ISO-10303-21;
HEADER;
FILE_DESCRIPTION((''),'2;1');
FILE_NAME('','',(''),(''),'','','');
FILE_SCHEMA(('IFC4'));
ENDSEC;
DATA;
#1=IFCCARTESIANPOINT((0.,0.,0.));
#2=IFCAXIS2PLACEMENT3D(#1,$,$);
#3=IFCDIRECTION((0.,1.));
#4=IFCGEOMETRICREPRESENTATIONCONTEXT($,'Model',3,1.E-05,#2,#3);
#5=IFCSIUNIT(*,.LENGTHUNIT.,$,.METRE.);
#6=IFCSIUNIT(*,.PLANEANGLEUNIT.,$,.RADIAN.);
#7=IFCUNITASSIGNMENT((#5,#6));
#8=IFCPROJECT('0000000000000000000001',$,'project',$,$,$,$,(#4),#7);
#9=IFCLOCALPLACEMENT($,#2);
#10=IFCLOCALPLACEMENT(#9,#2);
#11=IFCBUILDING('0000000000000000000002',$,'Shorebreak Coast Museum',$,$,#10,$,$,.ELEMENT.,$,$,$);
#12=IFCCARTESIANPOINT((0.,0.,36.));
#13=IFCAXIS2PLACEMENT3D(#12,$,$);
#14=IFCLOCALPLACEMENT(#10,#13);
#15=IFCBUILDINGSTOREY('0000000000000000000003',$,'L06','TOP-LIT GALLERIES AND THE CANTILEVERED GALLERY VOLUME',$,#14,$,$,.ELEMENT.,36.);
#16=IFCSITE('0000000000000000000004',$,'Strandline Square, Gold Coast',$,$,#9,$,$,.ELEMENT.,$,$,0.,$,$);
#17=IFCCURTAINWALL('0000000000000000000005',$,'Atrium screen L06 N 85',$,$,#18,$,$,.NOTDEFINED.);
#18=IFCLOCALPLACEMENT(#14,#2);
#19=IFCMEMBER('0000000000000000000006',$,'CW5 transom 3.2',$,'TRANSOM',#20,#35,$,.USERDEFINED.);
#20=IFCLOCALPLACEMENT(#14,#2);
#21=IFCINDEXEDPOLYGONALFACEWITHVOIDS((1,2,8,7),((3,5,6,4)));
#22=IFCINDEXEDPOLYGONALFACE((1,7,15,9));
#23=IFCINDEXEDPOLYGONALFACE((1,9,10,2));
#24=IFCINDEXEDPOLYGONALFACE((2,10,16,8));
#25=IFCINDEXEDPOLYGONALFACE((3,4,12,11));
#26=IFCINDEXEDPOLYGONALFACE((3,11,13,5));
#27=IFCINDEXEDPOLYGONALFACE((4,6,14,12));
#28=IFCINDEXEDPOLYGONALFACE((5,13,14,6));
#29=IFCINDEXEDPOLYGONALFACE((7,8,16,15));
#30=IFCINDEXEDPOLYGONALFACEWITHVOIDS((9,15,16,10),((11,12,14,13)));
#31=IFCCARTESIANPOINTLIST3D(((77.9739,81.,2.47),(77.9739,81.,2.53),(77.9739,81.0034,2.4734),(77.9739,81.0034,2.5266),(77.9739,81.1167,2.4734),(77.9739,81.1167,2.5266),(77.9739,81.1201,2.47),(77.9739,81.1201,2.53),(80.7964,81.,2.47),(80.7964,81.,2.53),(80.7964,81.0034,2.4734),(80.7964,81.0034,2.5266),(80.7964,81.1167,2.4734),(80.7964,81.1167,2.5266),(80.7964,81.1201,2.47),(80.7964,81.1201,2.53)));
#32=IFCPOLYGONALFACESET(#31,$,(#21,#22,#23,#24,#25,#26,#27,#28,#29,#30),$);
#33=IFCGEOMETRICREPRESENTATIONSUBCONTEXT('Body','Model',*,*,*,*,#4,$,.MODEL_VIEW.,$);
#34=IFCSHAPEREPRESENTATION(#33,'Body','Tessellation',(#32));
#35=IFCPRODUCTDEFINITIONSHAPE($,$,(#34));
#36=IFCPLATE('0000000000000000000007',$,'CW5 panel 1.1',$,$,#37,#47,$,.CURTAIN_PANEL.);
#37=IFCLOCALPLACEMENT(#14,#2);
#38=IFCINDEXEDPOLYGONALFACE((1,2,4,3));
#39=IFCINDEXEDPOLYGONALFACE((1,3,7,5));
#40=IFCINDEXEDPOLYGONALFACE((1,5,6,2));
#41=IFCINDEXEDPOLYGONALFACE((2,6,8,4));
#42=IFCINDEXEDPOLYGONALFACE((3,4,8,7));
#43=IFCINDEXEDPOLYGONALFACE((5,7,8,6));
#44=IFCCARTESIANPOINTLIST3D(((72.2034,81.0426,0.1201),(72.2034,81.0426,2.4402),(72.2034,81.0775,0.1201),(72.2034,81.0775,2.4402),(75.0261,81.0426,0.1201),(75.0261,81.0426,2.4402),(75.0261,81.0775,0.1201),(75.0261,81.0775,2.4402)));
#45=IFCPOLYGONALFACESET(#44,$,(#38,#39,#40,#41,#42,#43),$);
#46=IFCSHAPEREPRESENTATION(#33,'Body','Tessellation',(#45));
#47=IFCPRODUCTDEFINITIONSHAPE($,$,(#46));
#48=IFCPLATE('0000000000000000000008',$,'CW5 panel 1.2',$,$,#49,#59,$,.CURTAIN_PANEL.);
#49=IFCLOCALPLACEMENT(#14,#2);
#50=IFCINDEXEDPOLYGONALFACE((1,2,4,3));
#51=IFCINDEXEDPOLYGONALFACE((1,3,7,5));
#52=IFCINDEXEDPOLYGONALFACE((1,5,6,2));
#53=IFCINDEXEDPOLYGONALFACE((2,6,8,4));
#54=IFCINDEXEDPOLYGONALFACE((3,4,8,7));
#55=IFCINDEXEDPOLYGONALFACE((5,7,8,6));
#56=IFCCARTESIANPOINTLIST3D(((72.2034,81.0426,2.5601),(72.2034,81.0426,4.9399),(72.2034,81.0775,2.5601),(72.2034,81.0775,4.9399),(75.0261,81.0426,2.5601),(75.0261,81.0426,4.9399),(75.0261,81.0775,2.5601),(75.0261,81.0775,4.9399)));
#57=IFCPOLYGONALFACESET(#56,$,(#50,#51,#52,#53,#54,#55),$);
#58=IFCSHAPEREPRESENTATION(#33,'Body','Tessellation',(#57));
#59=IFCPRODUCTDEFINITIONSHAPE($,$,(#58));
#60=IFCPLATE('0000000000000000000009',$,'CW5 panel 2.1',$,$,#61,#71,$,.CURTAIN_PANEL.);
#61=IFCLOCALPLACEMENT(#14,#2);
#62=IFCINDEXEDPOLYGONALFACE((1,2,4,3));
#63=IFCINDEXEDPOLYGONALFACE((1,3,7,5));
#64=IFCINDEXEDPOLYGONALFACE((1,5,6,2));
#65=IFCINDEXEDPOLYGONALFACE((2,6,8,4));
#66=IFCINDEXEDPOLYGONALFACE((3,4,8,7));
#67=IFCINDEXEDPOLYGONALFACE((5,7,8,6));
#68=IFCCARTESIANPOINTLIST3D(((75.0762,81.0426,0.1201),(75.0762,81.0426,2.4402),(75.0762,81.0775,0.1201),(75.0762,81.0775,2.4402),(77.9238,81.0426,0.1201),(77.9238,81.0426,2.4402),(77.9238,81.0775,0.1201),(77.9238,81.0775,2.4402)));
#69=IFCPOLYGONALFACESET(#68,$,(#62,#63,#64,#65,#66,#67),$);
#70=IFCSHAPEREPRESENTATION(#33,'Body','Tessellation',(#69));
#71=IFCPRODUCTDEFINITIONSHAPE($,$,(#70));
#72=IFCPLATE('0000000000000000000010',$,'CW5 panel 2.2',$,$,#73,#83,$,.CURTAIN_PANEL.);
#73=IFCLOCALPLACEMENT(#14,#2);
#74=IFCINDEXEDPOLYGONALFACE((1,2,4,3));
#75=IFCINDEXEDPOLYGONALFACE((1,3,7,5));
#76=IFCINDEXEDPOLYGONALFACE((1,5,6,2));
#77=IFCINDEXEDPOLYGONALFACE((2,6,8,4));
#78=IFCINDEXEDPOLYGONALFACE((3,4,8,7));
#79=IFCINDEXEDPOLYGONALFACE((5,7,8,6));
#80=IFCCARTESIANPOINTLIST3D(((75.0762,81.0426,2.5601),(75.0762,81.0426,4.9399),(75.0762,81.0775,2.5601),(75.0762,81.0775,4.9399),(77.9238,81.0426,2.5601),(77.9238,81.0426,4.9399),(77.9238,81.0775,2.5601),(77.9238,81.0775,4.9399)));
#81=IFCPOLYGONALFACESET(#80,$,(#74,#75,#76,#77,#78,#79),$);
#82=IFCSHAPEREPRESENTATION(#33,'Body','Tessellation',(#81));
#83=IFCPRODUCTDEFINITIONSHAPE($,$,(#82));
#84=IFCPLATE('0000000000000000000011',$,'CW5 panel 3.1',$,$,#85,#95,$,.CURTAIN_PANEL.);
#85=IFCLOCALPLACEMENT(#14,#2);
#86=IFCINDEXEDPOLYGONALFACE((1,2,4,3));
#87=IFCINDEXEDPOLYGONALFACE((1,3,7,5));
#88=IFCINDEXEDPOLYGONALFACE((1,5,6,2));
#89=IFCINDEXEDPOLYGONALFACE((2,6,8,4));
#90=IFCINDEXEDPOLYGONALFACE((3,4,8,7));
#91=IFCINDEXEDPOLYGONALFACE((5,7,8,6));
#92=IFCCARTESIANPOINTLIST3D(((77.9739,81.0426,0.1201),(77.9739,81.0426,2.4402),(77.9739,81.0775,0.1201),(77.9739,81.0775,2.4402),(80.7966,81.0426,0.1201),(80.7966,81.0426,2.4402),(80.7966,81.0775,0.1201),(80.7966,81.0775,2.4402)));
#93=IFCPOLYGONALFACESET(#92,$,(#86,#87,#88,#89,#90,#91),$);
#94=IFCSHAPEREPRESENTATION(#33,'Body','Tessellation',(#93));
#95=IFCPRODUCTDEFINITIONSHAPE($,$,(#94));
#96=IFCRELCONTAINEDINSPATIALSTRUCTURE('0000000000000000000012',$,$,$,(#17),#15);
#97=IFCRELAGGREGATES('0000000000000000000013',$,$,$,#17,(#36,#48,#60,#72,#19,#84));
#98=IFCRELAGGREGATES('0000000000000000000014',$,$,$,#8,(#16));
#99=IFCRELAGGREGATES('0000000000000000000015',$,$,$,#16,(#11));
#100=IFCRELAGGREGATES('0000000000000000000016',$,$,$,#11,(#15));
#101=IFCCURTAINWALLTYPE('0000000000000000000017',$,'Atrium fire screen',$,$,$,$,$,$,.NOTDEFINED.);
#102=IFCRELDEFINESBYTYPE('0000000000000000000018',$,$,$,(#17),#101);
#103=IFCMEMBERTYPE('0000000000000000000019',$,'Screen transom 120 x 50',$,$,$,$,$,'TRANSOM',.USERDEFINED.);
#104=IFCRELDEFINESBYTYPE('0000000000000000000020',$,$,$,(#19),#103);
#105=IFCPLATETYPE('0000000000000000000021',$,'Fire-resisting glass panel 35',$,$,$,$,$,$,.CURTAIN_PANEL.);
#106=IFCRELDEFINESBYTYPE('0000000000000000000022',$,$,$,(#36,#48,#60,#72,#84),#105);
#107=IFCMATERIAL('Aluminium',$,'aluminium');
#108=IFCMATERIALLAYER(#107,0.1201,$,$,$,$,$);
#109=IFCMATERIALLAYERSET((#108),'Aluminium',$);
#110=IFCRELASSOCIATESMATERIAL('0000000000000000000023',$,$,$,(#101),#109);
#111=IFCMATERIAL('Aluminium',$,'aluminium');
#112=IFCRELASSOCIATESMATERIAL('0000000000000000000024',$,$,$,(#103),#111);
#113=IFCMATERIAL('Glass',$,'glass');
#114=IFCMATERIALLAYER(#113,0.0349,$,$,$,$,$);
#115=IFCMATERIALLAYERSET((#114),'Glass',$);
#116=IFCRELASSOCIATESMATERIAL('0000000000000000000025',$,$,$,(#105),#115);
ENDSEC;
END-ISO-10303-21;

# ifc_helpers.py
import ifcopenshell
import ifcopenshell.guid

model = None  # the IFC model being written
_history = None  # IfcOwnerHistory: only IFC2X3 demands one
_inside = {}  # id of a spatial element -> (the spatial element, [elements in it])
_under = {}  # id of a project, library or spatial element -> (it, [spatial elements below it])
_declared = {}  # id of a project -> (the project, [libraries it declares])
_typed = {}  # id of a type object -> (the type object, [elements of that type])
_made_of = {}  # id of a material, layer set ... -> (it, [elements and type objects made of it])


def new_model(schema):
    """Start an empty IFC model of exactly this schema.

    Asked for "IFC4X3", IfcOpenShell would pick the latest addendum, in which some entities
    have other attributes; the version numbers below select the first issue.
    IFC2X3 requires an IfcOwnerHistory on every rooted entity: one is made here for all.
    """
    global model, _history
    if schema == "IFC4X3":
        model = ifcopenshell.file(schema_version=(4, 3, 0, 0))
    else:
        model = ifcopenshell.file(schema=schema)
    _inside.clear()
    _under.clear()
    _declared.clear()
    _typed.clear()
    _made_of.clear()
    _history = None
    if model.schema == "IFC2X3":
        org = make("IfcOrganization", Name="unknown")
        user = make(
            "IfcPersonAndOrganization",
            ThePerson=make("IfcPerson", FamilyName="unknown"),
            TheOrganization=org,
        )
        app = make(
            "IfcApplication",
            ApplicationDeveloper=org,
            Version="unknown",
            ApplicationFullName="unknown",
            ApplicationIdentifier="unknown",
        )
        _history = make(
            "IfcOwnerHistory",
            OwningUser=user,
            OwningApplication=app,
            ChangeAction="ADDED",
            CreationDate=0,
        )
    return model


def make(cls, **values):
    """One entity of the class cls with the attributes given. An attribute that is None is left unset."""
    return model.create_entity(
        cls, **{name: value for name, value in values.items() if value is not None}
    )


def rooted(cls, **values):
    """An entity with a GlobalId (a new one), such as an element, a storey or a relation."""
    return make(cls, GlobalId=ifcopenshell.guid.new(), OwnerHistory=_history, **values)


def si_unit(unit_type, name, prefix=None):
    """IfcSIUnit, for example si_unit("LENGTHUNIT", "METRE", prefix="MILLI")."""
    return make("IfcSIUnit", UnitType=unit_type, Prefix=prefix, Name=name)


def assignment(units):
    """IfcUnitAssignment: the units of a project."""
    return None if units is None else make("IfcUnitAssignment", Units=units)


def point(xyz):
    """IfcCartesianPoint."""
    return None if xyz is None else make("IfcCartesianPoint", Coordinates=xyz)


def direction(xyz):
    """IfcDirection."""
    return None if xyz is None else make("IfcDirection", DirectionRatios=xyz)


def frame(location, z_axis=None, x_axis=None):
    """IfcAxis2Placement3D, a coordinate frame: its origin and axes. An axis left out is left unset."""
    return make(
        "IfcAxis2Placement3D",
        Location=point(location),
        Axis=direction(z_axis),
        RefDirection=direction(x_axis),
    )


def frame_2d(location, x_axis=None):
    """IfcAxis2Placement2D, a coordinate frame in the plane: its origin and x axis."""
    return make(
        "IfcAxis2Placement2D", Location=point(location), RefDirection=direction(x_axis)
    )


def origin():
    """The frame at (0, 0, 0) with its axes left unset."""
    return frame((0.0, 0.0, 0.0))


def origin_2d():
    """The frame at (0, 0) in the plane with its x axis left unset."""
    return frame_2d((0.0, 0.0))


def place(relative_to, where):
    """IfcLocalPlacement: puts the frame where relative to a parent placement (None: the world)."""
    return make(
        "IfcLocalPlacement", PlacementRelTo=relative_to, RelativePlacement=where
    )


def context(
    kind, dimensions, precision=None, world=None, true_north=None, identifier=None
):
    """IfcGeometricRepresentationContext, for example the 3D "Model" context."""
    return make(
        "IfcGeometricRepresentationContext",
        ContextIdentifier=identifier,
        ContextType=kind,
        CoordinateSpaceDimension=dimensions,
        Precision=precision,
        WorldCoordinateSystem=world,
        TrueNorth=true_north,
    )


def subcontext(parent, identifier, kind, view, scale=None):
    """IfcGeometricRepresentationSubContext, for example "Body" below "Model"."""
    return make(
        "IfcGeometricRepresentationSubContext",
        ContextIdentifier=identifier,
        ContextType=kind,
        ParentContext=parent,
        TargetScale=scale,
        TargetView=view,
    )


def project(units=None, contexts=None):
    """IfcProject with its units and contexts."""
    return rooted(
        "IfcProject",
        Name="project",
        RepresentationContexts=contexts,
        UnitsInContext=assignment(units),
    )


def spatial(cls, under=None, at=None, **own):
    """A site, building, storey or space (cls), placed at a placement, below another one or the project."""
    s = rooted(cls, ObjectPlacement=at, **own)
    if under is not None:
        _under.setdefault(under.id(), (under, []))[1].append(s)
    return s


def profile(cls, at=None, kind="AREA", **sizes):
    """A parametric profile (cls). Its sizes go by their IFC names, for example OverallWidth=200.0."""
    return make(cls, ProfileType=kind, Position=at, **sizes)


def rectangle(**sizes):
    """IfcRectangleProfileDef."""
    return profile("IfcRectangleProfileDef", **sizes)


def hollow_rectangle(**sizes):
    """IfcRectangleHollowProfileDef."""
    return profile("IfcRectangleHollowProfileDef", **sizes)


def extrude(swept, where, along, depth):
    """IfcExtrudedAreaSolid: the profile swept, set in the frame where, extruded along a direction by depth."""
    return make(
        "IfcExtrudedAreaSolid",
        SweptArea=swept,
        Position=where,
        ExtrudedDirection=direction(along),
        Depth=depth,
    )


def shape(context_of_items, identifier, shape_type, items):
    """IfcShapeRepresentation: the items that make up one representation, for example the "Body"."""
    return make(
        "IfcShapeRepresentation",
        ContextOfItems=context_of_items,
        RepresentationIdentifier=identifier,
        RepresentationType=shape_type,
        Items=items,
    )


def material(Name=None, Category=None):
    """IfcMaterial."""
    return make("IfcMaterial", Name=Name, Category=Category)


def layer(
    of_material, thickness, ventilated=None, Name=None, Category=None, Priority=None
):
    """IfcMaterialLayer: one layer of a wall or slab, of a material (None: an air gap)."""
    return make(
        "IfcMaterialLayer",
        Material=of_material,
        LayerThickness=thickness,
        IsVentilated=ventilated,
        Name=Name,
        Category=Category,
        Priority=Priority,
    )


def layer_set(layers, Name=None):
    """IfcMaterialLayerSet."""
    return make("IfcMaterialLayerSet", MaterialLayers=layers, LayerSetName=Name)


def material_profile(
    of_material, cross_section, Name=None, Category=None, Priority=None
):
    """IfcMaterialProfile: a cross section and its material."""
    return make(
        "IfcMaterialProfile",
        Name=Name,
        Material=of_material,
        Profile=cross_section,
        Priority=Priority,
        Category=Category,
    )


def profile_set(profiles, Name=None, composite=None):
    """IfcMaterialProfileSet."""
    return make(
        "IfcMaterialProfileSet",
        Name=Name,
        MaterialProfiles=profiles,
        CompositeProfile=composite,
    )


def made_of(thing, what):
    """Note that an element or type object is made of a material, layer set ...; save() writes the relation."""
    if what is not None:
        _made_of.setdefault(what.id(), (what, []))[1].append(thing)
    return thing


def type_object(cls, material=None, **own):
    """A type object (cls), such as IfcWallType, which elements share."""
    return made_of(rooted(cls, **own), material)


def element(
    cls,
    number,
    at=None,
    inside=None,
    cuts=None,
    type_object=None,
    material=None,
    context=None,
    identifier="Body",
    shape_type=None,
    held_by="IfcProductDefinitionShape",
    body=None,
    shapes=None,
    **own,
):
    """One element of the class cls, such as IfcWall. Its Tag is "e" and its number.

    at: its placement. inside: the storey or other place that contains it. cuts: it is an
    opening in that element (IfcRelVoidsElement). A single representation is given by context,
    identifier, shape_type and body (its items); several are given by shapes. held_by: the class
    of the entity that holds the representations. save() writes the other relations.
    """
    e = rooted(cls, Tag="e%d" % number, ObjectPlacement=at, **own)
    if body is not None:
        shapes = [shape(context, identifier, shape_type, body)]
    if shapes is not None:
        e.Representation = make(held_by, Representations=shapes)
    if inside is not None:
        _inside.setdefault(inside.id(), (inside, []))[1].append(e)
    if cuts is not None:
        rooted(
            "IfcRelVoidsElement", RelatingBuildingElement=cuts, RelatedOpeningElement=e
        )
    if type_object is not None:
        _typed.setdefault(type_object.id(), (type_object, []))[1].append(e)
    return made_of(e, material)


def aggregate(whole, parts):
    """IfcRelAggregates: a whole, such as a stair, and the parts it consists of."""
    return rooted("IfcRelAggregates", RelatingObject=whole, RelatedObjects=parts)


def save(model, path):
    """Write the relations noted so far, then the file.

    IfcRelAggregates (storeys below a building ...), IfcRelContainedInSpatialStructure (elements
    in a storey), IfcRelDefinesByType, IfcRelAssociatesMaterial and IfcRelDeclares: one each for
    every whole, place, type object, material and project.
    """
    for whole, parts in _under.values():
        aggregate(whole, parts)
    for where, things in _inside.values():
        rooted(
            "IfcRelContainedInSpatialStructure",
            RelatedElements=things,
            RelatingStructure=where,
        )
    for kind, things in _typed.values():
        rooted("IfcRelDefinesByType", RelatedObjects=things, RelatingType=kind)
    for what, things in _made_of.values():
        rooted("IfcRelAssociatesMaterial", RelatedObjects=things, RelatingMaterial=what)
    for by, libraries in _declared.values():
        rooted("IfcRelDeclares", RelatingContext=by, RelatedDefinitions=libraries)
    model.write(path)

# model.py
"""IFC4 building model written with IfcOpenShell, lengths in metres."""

from ifc_helpers import new_model, si_unit, direction, frame, origin, origin_2d, place, context, subcontext, project, spatial, rectangle, hollow_rectangle, extrude, material, layer, layer_set, material_profile, profile_set, type_object, element, aggregate, save


model = new_model("IFC4")

# Units and contexts
model_context = context("Model", 3, precision=1e-05, world=origin(), true_north=direction((0.0, 1.0)))
body_context = subcontext(model_context, "Body", "Model", "MODEL_VIEW")
ifc_project = project(units=[si_unit("LENGTHUNIT", "METRE"), si_unit("PLANEANGLEUNIT", "RADIAN")], contexts=[model_context])

# Site, building, storey
site_placement = place(None, origin())
site = spatial("IfcSite", under=ifc_project, at=site_placement, Name="Strandline Square, Gold Coast", CompositionType="ELEMENT", RefElevation=0.0)
building_placement = place(site_placement, origin())
building = spatial("IfcBuilding", under=site, at=building_placement, Name="Shorebreak Coast Museum", CompositionType="ELEMENT")
storey_placement = place(building_placement, frame((0.0, 0.0, 36.0)))
storey = spatial("IfcBuildingStorey", under=building, at=storey_placement, Name="L06", Description="TOP-LIT GALLERIES AND THE CANTILEVERED GALLERY VOLUME", CompositionType="ELEMENT", Elevation=36.0)

# Curtain wall, member, plates
ifc_material_1 = material(Name="Aluminium", Category="aluminium")
ifc_layer_1 = layer(ifc_material_1, 0.1201)
ifc_layer_set_1 = layer_set([ifc_layer_1], Name="Aluminium")
curtain_wall_type = type_object("IfcCurtainWallType", Name="Atrium fire screen", PredefinedType="NOTDEFINED", material=ifc_layer_set_1)
curtain_wall_placement = place(storey_placement, origin())
curtain_wall = element("IfcCurtainWall", 1, at=curtain_wall_placement, inside=storey, type_object=curtain_wall_type, Name="Atrium screen L06 N 85", PredefinedType="NOTDEFINED")
ifc_material_2 = material(Name="Aluminium", Category="aluminium")
ifc_material_profile_1 = material_profile(ifc_material_2, hollow_rectangle(XDim=0.1201, YDim=0.0601, WallThickness=0.0034, at=origin_2d()), Name="AL 60x120 RHS")
ifc_profile_set_1 = profile_set([ifc_material_profile_1], Name="Aluminium")
member_type_1 = type_object("IfcMemberType", Name="Screen transom 120 x 50", ElementType="TRANSOM", PredefinedType="USERDEFINED", material=ifc_profile_set_1)
member_1_placement = place(storey_placement, frame((77.9739, 81.0601, 2.5), z_axis=(1.0, 0.0, 0.0), x_axis=(0.0, 1.0, 0.0)))
member_1 = element("IfcMember", 2, at=member_1_placement, type_object=member_type_1, Name="CW5 transom 3.2", ObjectType="TRANSOM", PredefinedType="USERDEFINED", context=body_context, shape_type="SweptSolid", body=[
    extrude(hollow_rectangle(XDim=0.1201, YDim=0.0601, WallThickness=0.0034, at=origin_2d()), origin(), (0.0, 0.0, 1.0), 2.8225),
])
ifc_material_3 = material(Name="Glass", Category="glass")
ifc_layer_2 = layer(ifc_material_3, 0.0349)
ifc_layer_set_2 = layer_set([ifc_layer_2], Name="Glass")
plate_type = type_object("IfcPlateType", Name="Fire-resisting glass panel 35", PredefinedType="CURTAIN_PANEL", material=ifc_layer_set_2)
plate_1_placement = place(storey_placement, frame((73.6147, 81.0601, 0.1201), z_axis=(0.0, 0.0, 1.0), x_axis=(1.0, 0.0, 0.0)))
plate_1 = element("IfcPlate", 3, at=plate_1_placement, type_object=plate_type, Name="CW5 panel 1.1", PredefinedType="CURTAIN_PANEL", context=body_context, shape_type="SweptSolid", body=[
    extrude(rectangle(XDim=2.8228, YDim=0.0349, at=origin_2d()), origin(), (0.0, 0.0, 1.0), 2.3201),
])
plate_2_placement = place(storey_placement, frame((73.6147, 81.0601, 2.5601), z_axis=(0.0, 0.0, 1.0), x_axis=(1.0, 0.0, 0.0)))
plate_2 = element("IfcPlate", 4, at=plate_2_placement, type_object=plate_type, Name="CW5 panel 1.2", PredefinedType="CURTAIN_PANEL", context=body_context, shape_type="SweptSolid", body=[
    extrude(rectangle(XDim=2.8228, YDim=0.0349, at=origin_2d()), origin(), (0.0, 0.0, 1.0), 2.3799),
])
plate_3_placement = place(storey_placement, frame((76.5, 81.0601, 0.1201), z_axis=(0.0, 0.0, 1.0), x_axis=(1.0, 0.0, 0.0)))
plate_3 = element("IfcPlate", 5, at=plate_3_placement, type_object=plate_type, Name="CW5 panel 2.1", PredefinedType="CURTAIN_PANEL", context=body_context, shape_type="SweptSolid", body=[
    extrude(rectangle(XDim=2.8477, YDim=0.0349, at=origin_2d()), origin(), (0.0, 0.0, 1.0), 2.3201),
])
plate_4_placement = place(storey_placement, frame((76.5, 81.0601, 2.5601), z_axis=(0.0, 0.0, 1.0), x_axis=(1.0, 0.0, 0.0)))
plate_4 = element("IfcPlate", 6, at=plate_4_placement, type_object=plate_type, Name="CW5 panel 2.2", PredefinedType="CURTAIN_PANEL", context=body_context, shape_type="SweptSolid", body=[
    extrude(rectangle(XDim=2.8477, YDim=0.0349, at=origin_2d()), origin(), (0.0, 0.0, 1.0), 2.3799),
])
plate_5_placement = place(storey_placement, frame((79.3853, 81.0601, 0.1201), z_axis=(0.0, 0.0, 1.0), x_axis=(1.0, 0.0, 0.0)))
plate_5 = element("IfcPlate", 7, at=plate_5_placement, type_object=plate_type, Name="CW5 panel 3.1", PredefinedType="CURTAIN_PANEL", context=body_context, shape_type="SweptSolid", body=[
    extrude(rectangle(XDim=2.8228, YDim=0.0349, at=origin_2d()), origin(), (0.0, 0.0, 1.0), 2.3201),
])
aggregate(curtain_wall, [plate_1, plate_2, plate_3, plate_4, member_1, plate_5])

save(model, "model.ifc")
